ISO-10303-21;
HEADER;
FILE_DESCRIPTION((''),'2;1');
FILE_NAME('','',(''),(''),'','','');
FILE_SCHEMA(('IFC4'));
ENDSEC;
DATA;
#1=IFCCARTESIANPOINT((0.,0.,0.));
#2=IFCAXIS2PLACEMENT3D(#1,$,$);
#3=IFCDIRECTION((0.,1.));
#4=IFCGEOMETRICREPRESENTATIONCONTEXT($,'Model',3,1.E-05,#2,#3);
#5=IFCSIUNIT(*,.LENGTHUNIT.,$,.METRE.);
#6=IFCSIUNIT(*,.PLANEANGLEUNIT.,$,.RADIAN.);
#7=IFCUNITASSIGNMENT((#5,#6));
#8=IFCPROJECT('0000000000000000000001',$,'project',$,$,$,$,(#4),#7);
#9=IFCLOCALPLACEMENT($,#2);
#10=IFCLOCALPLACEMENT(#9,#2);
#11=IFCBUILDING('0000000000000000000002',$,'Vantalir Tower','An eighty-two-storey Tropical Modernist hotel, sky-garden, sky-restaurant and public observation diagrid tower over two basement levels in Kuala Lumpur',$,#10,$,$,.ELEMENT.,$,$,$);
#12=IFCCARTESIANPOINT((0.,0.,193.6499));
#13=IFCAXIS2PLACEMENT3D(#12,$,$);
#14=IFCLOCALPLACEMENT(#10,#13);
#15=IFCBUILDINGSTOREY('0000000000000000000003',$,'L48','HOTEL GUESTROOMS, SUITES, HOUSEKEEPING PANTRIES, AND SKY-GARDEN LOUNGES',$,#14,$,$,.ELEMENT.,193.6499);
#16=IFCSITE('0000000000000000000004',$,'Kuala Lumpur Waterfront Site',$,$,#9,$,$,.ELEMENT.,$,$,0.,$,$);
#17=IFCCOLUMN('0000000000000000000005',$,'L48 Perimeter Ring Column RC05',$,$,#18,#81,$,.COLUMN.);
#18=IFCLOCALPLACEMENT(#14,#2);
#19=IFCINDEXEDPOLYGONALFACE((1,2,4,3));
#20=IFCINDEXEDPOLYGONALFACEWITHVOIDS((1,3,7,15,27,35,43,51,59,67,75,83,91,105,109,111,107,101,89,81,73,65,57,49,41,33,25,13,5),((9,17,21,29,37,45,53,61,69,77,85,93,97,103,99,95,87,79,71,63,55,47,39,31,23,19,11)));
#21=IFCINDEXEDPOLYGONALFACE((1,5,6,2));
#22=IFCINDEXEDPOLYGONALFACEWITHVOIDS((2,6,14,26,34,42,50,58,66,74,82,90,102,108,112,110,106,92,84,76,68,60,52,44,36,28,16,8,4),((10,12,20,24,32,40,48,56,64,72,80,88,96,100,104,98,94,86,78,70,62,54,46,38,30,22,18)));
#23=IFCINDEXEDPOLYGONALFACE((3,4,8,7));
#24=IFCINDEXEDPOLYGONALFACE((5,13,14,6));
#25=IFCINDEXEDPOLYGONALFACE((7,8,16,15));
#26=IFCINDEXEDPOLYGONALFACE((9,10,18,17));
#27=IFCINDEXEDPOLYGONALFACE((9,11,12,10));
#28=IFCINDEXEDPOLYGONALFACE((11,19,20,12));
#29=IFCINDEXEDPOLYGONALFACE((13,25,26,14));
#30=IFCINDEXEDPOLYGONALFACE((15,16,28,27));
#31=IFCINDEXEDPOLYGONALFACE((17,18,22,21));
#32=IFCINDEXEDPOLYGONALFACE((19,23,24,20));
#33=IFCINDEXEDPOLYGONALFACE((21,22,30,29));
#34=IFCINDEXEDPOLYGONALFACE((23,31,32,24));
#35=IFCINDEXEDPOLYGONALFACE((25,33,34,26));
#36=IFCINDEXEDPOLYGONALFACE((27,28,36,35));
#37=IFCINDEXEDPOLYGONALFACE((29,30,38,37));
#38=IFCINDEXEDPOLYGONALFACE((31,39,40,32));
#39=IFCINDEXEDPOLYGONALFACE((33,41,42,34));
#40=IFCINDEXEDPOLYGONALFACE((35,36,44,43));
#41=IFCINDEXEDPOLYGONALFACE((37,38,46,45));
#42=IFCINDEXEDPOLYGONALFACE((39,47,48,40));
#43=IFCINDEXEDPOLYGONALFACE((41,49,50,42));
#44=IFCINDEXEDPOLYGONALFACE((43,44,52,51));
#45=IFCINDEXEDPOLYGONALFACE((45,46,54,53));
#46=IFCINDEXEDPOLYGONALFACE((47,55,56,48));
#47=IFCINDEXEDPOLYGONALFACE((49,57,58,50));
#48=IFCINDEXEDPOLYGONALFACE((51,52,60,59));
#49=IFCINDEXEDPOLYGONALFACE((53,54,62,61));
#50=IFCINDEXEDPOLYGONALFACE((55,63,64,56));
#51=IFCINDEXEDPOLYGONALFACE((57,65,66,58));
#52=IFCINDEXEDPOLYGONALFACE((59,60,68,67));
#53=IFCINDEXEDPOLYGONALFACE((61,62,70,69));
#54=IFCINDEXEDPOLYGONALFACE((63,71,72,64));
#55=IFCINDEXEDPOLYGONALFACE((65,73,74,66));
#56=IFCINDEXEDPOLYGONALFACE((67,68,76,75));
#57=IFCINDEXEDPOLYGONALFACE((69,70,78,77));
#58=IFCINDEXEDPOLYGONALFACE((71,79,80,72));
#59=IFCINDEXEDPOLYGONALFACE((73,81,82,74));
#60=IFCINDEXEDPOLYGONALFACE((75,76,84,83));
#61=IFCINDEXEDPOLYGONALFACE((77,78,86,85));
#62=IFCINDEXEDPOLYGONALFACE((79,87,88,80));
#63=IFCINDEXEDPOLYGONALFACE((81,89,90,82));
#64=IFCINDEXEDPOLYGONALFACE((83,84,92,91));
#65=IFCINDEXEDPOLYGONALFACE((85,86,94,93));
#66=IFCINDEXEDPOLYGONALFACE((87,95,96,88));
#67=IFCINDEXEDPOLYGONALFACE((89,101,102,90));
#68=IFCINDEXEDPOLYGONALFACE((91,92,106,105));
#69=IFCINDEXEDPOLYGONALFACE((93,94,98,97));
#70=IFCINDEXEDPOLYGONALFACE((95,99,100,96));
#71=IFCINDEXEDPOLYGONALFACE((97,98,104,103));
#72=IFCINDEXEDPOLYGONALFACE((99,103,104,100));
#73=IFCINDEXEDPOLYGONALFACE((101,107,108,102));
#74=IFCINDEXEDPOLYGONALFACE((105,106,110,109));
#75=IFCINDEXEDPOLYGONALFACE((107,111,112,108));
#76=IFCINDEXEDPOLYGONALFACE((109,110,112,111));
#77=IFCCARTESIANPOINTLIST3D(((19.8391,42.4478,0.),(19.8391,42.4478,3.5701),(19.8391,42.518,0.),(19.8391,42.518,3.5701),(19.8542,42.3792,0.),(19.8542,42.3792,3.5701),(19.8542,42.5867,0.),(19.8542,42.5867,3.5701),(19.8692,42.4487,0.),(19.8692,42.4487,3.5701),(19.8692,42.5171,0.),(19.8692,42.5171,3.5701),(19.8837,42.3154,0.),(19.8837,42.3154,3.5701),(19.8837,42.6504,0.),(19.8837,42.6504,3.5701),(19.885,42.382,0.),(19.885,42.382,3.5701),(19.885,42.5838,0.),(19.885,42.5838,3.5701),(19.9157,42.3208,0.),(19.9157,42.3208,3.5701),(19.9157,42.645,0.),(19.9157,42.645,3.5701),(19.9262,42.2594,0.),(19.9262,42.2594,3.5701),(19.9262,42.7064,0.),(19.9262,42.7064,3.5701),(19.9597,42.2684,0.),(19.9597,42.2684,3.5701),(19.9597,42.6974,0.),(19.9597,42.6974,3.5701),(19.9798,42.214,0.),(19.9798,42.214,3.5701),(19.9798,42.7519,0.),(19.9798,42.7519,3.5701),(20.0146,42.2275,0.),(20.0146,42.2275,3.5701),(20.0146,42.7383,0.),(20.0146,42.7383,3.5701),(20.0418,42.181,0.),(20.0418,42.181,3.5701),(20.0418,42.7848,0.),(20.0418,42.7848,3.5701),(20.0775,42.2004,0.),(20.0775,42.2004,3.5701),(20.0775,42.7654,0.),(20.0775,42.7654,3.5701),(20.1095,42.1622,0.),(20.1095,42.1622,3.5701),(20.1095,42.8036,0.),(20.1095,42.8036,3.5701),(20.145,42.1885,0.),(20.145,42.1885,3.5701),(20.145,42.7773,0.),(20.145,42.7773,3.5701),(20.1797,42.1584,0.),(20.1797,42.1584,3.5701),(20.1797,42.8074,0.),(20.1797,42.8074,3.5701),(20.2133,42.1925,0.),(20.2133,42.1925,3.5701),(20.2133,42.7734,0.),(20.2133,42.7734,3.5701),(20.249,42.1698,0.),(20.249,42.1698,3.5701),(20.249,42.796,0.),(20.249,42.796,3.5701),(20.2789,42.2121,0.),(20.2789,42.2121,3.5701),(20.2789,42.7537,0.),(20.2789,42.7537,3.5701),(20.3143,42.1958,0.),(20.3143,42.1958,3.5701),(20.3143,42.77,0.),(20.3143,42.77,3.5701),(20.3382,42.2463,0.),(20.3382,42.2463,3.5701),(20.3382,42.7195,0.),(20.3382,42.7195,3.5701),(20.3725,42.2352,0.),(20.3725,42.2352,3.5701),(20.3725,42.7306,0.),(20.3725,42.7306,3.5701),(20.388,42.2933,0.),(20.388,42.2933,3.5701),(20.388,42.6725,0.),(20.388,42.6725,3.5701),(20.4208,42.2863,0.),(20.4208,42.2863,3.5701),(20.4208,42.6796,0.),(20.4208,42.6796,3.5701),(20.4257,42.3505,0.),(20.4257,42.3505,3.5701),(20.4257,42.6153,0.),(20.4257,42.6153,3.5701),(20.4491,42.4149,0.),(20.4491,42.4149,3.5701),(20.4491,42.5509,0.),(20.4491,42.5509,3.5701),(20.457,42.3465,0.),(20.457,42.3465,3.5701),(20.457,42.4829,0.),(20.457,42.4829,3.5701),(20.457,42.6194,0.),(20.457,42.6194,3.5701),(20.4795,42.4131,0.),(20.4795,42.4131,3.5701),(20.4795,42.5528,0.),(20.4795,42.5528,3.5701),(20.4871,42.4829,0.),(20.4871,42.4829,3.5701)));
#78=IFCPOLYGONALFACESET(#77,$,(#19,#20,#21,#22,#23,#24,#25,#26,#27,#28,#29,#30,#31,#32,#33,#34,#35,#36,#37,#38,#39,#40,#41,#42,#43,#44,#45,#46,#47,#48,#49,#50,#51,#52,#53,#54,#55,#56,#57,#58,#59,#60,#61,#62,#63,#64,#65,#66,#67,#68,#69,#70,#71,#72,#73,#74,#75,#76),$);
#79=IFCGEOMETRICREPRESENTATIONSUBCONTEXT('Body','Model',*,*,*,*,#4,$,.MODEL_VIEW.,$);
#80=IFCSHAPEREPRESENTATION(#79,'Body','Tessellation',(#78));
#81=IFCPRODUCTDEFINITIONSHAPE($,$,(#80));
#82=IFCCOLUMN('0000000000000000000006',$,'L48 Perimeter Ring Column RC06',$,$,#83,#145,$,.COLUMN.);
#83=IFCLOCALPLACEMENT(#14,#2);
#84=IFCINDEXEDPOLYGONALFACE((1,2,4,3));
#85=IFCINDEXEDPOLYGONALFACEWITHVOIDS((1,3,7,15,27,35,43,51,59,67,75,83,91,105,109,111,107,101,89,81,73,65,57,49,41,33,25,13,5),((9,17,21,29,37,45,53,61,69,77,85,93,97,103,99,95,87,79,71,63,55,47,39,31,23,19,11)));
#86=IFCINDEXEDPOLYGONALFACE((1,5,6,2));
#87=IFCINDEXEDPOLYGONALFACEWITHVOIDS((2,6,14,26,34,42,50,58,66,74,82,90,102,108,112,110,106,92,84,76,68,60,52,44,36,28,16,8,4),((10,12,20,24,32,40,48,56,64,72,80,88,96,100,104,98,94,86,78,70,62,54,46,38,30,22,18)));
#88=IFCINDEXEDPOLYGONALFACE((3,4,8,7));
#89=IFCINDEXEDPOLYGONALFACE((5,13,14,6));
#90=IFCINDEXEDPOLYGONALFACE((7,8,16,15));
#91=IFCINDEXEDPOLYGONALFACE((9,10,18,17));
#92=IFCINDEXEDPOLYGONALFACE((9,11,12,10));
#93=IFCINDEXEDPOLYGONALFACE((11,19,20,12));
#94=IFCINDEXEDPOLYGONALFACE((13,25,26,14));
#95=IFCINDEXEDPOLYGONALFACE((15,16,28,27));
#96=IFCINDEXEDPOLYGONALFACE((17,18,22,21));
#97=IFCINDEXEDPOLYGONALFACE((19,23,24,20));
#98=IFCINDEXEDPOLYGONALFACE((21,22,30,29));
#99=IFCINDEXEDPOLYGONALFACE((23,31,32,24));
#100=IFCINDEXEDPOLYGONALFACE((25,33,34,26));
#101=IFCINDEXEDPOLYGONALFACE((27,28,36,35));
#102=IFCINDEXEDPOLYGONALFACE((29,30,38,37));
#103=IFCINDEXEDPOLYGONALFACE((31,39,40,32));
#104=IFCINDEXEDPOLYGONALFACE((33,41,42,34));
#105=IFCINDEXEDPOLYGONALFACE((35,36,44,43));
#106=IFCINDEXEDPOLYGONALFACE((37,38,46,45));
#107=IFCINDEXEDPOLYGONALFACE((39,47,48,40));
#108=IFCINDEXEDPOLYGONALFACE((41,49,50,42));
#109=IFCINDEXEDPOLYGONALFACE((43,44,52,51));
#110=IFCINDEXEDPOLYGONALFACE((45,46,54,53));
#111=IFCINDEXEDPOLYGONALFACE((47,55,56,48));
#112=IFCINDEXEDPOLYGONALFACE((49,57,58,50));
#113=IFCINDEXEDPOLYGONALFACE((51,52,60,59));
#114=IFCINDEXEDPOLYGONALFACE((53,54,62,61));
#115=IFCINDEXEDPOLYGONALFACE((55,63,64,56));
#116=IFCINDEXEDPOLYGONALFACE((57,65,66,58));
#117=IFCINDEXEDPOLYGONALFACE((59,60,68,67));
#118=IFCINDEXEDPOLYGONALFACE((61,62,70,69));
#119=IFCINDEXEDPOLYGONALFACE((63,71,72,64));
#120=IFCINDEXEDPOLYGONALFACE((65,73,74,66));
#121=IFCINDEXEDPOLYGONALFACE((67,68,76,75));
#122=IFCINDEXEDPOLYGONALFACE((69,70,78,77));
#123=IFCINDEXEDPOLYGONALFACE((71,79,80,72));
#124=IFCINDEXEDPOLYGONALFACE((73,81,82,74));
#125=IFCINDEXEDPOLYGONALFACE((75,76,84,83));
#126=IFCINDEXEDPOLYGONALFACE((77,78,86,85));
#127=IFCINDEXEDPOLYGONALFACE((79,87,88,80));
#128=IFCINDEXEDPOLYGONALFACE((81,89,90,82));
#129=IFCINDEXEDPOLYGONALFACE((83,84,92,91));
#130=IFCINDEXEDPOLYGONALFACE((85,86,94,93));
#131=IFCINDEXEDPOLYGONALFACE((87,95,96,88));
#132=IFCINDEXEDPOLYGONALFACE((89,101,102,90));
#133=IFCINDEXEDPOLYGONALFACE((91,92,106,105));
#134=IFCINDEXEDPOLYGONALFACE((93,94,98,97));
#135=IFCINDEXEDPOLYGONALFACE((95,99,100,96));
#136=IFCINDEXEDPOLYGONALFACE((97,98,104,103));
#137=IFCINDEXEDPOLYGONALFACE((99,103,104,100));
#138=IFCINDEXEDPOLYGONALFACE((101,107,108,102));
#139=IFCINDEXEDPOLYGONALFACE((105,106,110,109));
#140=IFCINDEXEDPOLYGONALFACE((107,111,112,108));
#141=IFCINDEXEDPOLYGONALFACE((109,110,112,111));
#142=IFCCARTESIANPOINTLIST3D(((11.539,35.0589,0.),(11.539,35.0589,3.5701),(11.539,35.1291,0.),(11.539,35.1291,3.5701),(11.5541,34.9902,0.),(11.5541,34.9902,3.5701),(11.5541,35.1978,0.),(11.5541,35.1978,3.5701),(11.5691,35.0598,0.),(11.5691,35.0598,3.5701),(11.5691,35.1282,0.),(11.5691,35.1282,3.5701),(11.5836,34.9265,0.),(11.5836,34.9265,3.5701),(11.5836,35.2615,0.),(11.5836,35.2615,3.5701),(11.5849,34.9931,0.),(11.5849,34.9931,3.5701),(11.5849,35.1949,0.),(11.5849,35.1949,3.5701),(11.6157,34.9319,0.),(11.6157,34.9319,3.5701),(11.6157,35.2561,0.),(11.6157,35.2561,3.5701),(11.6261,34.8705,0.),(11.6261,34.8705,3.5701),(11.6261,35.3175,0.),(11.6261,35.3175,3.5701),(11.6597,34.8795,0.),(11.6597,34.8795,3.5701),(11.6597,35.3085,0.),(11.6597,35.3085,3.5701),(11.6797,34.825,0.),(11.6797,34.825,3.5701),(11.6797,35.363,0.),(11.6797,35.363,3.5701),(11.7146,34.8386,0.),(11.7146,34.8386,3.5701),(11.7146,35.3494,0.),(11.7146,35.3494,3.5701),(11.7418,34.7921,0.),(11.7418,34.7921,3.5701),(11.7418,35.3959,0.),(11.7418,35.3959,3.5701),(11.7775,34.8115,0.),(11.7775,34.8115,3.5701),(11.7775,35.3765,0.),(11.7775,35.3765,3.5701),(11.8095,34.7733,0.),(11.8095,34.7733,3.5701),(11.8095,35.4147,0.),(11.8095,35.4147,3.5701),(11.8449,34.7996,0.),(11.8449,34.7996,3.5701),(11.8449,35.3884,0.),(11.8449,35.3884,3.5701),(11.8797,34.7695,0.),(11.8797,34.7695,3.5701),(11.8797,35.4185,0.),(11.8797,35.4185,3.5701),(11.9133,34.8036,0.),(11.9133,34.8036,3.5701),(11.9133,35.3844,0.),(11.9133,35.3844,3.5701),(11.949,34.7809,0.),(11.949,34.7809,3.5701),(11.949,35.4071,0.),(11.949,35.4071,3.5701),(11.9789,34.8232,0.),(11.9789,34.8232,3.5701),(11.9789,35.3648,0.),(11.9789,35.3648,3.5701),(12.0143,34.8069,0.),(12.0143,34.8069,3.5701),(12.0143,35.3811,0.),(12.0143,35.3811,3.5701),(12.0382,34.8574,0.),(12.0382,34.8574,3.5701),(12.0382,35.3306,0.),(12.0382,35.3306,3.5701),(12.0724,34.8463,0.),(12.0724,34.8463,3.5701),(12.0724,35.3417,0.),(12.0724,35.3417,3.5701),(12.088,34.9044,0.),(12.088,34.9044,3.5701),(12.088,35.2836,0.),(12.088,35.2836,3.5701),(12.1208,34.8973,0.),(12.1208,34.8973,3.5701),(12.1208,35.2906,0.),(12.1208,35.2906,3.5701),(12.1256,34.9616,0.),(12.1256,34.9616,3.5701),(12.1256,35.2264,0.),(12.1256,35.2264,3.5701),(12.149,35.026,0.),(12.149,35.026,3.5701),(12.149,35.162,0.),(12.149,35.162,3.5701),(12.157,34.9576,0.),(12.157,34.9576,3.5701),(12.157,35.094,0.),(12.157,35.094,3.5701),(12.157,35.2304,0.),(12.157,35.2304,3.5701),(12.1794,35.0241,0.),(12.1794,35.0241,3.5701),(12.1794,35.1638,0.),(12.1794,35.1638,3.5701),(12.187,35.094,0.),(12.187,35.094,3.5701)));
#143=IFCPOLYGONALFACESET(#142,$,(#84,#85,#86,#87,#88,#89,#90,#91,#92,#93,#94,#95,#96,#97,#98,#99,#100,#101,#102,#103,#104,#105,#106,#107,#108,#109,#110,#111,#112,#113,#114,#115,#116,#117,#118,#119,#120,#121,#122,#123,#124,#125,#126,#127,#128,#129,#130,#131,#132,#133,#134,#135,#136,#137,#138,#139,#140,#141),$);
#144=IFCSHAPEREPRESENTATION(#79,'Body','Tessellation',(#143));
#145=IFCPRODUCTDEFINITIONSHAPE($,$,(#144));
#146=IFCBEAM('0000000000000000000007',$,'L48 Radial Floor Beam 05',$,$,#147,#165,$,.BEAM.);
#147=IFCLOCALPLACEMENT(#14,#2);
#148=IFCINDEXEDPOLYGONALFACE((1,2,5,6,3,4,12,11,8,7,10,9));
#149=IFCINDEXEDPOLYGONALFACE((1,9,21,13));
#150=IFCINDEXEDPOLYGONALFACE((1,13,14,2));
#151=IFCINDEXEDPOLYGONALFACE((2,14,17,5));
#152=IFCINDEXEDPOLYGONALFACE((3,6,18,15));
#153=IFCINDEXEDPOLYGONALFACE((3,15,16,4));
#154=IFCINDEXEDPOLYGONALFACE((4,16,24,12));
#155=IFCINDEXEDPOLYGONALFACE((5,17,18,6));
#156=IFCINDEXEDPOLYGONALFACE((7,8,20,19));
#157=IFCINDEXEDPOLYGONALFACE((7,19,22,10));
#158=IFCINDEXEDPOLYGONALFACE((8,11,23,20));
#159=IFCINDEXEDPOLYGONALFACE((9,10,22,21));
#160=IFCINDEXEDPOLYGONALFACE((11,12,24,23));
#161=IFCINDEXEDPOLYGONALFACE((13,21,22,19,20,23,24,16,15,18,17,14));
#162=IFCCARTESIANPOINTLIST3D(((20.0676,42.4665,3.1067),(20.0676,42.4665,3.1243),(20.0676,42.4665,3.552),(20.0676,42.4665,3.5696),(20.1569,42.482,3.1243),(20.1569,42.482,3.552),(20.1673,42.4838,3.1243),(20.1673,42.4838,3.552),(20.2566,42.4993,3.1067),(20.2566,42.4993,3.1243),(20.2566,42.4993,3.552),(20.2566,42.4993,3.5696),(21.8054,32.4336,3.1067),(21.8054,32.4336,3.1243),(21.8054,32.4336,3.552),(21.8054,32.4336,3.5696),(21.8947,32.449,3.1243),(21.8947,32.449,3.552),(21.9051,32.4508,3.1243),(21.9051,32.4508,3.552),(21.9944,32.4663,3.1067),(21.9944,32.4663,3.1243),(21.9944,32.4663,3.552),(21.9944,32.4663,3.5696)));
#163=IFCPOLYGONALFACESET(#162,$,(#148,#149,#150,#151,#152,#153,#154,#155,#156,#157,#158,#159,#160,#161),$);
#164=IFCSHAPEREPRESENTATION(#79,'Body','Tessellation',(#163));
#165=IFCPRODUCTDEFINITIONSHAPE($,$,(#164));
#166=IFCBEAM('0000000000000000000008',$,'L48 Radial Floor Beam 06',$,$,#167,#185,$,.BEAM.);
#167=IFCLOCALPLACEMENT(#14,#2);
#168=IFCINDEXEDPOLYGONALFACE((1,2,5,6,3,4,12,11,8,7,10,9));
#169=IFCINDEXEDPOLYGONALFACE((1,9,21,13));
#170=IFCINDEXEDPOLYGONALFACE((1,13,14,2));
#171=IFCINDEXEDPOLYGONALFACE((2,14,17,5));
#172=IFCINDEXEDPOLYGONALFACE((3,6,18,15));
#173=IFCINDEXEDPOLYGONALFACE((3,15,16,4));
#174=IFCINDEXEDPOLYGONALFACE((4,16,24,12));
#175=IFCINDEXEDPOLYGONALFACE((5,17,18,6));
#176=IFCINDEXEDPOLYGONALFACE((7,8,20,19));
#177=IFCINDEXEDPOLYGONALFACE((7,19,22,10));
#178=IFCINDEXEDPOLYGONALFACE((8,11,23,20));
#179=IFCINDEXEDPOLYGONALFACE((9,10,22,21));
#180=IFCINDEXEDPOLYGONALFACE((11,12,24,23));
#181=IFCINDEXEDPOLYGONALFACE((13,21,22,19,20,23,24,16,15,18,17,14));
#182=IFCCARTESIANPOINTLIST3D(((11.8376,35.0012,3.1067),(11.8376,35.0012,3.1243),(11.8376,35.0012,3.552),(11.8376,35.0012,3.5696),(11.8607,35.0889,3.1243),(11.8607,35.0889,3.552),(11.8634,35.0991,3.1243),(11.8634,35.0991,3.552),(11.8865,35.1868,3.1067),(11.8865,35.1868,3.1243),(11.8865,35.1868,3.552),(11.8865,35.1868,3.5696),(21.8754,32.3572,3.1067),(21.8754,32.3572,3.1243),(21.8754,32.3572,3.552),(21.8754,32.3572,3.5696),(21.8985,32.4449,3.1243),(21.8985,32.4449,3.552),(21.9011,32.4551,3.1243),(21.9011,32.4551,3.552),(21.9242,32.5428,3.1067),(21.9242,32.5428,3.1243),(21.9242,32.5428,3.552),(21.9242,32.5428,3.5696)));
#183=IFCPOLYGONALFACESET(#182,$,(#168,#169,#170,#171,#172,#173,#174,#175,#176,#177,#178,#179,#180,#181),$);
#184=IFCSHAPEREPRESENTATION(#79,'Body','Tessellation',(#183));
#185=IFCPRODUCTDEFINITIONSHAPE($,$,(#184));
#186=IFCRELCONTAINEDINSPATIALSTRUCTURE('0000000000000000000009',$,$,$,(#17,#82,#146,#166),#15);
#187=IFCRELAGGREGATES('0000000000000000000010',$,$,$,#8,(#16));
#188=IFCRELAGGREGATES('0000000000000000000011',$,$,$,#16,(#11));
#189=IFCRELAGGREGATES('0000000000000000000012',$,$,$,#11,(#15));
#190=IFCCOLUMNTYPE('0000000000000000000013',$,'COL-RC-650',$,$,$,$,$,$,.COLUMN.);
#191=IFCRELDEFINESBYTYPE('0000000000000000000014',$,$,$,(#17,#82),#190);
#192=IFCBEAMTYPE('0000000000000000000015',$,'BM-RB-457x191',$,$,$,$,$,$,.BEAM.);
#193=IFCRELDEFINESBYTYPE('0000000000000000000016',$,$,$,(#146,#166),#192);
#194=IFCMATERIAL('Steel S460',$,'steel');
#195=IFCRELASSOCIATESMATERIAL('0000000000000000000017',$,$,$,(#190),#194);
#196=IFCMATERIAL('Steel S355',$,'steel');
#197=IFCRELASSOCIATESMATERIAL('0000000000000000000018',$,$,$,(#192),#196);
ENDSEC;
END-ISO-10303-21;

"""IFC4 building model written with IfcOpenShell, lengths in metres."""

from ifc_helpers import new_model, si_unit, direction, frame, origin, origin_2d, place, context, subcontext, project, spatial, hollow_circle, i_section, extrude, material, material_profile, profile_set, type_object, element, save


model = new_model("IFC4")

# Units and contexts
model_context = context("Model", 3, precision=1e-05, world=origin(), true_north=direction((0.0, 1.0)))
body_context = subcontext(model_context, "Body", "Model", "MODEL_VIEW")
ifc_project = project(units=[si_unit("LENGTHUNIT", "METRE"), si_unit("PLANEANGLEUNIT", "RADIAN")], contexts=[model_context])

# Site, building, storey
site_placement = place(None, origin())
site = spatial("IfcSite", under=ifc_project, at=site_placement, Name="Kuala Lumpur Waterfront Site", CompositionType="ELEMENT", RefElevation=0.0)
building_placement = place(site_placement, origin())
building = spatial("IfcBuilding", under=site, at=building_placement, Name="Vantalir Tower", Description="An eighty-two-storey Tropical Modernist hotel, sky-garden, sky-restaurant and public observation diagrid tower over two basement levels in Kuala Lumpur", CompositionType="ELEMENT")
storey_placement = place(building_placement, frame((0.0, 0.0, 193.6499)))
storey = spatial("IfcBuildingStorey", under=building, at=storey_placement, Name="L48", Description="HOTEL GUESTROOMS, SUITES, HOUSEKEEPING PANTRIES, AND SKY-GARDEN LOUNGES", CompositionType="ELEMENT", Elevation=193.6499)

# Columns
ifc_material_1 = material(Name="Steel S460", Category="steel")
ifc_material_profile_1 = material_profile(ifc_material_1, hollow_circle(Radius=0.325, WallThickness=0.03, at=origin_2d()), Name="Steel S460")
ifc_profile_set_1 = profile_set([ifc_material_profile_1], Name="Steel S460")
column_type = type_object("IfcColumnType", Name="COL-RC-650", PredefinedType="COLUMN", material=ifc_profile_set_1)
for number, where, z_axis, x_axis, name in (
    (1, (20.1621, 42.4829, 0.0), (0.0, 0.0, 1.0), (1.0, 0.0, 0.0), "L48 Perimeter Ring Column RC05"),
    (2, (11.8621, 35.094, 0.0), (0.0, 0.0, 1.0), (1.0, 0.0, 0.0), "L48 Perimeter Ring Column RC06"),
):
    element("IfcColumn", number, at=place(storey_placement, frame(where, z_axis=z_axis, x_axis=x_axis)), inside=storey, type_object=column_type, Name=name, PredefinedType="COLUMN", context=body_context, shape_type="SweptSolid", body=[
        extrude(hollow_circle(Radius=0.325, WallThickness=0.03, at=origin_2d()), origin(), (0.0, 0.0, 1.0), 3.5701),
    ])

# Beams
ifc_material_2 = material(Name="Steel S355", Category="steel")
ifc_material_profile_2 = material_profile(ifc_material_2, i_section(OverallWidth=0.1919, OverallDepth=0.4629, WebThickness=0.0105, FlangeThickness=0.0176, at=origin_2d()), Name="Steel S355")
ifc_profile_set_2 = profile_set([ifc_material_profile_2], Name="Steel S355")
beam_type_1 = type_object("IfcBeamType", Name="BM-RB-457x191", PredefinedType="BEAM", material=ifc_profile_set_2)
beam_1_placement = place(storey_placement, frame((20.1621, 42.4829, 3.3381), z_axis=(0.170667, -0.985329, 0.0), x_axis=(0.985329, 0.170667, 0.0)))
element("IfcBeam", 3, at=beam_1_placement, inside=storey, type_object=beam_type_1, Name="L48 Radial Floor Beam 05", PredefinedType="BEAM", context=body_context, shape_type="SweptSolid", body=[
    extrude(i_section(OverallWidth=0.1919, OverallDepth=0.4629, WebThickness=0.0105, FlangeThickness=0.0176, at=origin_2d()), origin(), (0.0, 0.0, 1.0), 10.1824),
])
beam_2_placement = place(storey_placement, frame((11.8621, 35.094, 3.3381), z_axis=(0.967015, -0.254719, 0.0), x_axis=(0.254719, 0.967015, 0.0)))
element("IfcBeam", 4, at=beam_2_placement, inside=storey, type_object=beam_type_1, Name="L48 Radial Floor Beam 06", PredefinedType="BEAM", context=body_context, shape_type="SweptSolid", body=[
    extrude(i_section(OverallWidth=0.1919, OverallDepth=0.4629, WebThickness=0.0105, FlangeThickness=0.0176, at=origin_2d()), origin(), (0.0, 0.0, 1.0), 10.3801),
])

save(model, "model.ifc")
